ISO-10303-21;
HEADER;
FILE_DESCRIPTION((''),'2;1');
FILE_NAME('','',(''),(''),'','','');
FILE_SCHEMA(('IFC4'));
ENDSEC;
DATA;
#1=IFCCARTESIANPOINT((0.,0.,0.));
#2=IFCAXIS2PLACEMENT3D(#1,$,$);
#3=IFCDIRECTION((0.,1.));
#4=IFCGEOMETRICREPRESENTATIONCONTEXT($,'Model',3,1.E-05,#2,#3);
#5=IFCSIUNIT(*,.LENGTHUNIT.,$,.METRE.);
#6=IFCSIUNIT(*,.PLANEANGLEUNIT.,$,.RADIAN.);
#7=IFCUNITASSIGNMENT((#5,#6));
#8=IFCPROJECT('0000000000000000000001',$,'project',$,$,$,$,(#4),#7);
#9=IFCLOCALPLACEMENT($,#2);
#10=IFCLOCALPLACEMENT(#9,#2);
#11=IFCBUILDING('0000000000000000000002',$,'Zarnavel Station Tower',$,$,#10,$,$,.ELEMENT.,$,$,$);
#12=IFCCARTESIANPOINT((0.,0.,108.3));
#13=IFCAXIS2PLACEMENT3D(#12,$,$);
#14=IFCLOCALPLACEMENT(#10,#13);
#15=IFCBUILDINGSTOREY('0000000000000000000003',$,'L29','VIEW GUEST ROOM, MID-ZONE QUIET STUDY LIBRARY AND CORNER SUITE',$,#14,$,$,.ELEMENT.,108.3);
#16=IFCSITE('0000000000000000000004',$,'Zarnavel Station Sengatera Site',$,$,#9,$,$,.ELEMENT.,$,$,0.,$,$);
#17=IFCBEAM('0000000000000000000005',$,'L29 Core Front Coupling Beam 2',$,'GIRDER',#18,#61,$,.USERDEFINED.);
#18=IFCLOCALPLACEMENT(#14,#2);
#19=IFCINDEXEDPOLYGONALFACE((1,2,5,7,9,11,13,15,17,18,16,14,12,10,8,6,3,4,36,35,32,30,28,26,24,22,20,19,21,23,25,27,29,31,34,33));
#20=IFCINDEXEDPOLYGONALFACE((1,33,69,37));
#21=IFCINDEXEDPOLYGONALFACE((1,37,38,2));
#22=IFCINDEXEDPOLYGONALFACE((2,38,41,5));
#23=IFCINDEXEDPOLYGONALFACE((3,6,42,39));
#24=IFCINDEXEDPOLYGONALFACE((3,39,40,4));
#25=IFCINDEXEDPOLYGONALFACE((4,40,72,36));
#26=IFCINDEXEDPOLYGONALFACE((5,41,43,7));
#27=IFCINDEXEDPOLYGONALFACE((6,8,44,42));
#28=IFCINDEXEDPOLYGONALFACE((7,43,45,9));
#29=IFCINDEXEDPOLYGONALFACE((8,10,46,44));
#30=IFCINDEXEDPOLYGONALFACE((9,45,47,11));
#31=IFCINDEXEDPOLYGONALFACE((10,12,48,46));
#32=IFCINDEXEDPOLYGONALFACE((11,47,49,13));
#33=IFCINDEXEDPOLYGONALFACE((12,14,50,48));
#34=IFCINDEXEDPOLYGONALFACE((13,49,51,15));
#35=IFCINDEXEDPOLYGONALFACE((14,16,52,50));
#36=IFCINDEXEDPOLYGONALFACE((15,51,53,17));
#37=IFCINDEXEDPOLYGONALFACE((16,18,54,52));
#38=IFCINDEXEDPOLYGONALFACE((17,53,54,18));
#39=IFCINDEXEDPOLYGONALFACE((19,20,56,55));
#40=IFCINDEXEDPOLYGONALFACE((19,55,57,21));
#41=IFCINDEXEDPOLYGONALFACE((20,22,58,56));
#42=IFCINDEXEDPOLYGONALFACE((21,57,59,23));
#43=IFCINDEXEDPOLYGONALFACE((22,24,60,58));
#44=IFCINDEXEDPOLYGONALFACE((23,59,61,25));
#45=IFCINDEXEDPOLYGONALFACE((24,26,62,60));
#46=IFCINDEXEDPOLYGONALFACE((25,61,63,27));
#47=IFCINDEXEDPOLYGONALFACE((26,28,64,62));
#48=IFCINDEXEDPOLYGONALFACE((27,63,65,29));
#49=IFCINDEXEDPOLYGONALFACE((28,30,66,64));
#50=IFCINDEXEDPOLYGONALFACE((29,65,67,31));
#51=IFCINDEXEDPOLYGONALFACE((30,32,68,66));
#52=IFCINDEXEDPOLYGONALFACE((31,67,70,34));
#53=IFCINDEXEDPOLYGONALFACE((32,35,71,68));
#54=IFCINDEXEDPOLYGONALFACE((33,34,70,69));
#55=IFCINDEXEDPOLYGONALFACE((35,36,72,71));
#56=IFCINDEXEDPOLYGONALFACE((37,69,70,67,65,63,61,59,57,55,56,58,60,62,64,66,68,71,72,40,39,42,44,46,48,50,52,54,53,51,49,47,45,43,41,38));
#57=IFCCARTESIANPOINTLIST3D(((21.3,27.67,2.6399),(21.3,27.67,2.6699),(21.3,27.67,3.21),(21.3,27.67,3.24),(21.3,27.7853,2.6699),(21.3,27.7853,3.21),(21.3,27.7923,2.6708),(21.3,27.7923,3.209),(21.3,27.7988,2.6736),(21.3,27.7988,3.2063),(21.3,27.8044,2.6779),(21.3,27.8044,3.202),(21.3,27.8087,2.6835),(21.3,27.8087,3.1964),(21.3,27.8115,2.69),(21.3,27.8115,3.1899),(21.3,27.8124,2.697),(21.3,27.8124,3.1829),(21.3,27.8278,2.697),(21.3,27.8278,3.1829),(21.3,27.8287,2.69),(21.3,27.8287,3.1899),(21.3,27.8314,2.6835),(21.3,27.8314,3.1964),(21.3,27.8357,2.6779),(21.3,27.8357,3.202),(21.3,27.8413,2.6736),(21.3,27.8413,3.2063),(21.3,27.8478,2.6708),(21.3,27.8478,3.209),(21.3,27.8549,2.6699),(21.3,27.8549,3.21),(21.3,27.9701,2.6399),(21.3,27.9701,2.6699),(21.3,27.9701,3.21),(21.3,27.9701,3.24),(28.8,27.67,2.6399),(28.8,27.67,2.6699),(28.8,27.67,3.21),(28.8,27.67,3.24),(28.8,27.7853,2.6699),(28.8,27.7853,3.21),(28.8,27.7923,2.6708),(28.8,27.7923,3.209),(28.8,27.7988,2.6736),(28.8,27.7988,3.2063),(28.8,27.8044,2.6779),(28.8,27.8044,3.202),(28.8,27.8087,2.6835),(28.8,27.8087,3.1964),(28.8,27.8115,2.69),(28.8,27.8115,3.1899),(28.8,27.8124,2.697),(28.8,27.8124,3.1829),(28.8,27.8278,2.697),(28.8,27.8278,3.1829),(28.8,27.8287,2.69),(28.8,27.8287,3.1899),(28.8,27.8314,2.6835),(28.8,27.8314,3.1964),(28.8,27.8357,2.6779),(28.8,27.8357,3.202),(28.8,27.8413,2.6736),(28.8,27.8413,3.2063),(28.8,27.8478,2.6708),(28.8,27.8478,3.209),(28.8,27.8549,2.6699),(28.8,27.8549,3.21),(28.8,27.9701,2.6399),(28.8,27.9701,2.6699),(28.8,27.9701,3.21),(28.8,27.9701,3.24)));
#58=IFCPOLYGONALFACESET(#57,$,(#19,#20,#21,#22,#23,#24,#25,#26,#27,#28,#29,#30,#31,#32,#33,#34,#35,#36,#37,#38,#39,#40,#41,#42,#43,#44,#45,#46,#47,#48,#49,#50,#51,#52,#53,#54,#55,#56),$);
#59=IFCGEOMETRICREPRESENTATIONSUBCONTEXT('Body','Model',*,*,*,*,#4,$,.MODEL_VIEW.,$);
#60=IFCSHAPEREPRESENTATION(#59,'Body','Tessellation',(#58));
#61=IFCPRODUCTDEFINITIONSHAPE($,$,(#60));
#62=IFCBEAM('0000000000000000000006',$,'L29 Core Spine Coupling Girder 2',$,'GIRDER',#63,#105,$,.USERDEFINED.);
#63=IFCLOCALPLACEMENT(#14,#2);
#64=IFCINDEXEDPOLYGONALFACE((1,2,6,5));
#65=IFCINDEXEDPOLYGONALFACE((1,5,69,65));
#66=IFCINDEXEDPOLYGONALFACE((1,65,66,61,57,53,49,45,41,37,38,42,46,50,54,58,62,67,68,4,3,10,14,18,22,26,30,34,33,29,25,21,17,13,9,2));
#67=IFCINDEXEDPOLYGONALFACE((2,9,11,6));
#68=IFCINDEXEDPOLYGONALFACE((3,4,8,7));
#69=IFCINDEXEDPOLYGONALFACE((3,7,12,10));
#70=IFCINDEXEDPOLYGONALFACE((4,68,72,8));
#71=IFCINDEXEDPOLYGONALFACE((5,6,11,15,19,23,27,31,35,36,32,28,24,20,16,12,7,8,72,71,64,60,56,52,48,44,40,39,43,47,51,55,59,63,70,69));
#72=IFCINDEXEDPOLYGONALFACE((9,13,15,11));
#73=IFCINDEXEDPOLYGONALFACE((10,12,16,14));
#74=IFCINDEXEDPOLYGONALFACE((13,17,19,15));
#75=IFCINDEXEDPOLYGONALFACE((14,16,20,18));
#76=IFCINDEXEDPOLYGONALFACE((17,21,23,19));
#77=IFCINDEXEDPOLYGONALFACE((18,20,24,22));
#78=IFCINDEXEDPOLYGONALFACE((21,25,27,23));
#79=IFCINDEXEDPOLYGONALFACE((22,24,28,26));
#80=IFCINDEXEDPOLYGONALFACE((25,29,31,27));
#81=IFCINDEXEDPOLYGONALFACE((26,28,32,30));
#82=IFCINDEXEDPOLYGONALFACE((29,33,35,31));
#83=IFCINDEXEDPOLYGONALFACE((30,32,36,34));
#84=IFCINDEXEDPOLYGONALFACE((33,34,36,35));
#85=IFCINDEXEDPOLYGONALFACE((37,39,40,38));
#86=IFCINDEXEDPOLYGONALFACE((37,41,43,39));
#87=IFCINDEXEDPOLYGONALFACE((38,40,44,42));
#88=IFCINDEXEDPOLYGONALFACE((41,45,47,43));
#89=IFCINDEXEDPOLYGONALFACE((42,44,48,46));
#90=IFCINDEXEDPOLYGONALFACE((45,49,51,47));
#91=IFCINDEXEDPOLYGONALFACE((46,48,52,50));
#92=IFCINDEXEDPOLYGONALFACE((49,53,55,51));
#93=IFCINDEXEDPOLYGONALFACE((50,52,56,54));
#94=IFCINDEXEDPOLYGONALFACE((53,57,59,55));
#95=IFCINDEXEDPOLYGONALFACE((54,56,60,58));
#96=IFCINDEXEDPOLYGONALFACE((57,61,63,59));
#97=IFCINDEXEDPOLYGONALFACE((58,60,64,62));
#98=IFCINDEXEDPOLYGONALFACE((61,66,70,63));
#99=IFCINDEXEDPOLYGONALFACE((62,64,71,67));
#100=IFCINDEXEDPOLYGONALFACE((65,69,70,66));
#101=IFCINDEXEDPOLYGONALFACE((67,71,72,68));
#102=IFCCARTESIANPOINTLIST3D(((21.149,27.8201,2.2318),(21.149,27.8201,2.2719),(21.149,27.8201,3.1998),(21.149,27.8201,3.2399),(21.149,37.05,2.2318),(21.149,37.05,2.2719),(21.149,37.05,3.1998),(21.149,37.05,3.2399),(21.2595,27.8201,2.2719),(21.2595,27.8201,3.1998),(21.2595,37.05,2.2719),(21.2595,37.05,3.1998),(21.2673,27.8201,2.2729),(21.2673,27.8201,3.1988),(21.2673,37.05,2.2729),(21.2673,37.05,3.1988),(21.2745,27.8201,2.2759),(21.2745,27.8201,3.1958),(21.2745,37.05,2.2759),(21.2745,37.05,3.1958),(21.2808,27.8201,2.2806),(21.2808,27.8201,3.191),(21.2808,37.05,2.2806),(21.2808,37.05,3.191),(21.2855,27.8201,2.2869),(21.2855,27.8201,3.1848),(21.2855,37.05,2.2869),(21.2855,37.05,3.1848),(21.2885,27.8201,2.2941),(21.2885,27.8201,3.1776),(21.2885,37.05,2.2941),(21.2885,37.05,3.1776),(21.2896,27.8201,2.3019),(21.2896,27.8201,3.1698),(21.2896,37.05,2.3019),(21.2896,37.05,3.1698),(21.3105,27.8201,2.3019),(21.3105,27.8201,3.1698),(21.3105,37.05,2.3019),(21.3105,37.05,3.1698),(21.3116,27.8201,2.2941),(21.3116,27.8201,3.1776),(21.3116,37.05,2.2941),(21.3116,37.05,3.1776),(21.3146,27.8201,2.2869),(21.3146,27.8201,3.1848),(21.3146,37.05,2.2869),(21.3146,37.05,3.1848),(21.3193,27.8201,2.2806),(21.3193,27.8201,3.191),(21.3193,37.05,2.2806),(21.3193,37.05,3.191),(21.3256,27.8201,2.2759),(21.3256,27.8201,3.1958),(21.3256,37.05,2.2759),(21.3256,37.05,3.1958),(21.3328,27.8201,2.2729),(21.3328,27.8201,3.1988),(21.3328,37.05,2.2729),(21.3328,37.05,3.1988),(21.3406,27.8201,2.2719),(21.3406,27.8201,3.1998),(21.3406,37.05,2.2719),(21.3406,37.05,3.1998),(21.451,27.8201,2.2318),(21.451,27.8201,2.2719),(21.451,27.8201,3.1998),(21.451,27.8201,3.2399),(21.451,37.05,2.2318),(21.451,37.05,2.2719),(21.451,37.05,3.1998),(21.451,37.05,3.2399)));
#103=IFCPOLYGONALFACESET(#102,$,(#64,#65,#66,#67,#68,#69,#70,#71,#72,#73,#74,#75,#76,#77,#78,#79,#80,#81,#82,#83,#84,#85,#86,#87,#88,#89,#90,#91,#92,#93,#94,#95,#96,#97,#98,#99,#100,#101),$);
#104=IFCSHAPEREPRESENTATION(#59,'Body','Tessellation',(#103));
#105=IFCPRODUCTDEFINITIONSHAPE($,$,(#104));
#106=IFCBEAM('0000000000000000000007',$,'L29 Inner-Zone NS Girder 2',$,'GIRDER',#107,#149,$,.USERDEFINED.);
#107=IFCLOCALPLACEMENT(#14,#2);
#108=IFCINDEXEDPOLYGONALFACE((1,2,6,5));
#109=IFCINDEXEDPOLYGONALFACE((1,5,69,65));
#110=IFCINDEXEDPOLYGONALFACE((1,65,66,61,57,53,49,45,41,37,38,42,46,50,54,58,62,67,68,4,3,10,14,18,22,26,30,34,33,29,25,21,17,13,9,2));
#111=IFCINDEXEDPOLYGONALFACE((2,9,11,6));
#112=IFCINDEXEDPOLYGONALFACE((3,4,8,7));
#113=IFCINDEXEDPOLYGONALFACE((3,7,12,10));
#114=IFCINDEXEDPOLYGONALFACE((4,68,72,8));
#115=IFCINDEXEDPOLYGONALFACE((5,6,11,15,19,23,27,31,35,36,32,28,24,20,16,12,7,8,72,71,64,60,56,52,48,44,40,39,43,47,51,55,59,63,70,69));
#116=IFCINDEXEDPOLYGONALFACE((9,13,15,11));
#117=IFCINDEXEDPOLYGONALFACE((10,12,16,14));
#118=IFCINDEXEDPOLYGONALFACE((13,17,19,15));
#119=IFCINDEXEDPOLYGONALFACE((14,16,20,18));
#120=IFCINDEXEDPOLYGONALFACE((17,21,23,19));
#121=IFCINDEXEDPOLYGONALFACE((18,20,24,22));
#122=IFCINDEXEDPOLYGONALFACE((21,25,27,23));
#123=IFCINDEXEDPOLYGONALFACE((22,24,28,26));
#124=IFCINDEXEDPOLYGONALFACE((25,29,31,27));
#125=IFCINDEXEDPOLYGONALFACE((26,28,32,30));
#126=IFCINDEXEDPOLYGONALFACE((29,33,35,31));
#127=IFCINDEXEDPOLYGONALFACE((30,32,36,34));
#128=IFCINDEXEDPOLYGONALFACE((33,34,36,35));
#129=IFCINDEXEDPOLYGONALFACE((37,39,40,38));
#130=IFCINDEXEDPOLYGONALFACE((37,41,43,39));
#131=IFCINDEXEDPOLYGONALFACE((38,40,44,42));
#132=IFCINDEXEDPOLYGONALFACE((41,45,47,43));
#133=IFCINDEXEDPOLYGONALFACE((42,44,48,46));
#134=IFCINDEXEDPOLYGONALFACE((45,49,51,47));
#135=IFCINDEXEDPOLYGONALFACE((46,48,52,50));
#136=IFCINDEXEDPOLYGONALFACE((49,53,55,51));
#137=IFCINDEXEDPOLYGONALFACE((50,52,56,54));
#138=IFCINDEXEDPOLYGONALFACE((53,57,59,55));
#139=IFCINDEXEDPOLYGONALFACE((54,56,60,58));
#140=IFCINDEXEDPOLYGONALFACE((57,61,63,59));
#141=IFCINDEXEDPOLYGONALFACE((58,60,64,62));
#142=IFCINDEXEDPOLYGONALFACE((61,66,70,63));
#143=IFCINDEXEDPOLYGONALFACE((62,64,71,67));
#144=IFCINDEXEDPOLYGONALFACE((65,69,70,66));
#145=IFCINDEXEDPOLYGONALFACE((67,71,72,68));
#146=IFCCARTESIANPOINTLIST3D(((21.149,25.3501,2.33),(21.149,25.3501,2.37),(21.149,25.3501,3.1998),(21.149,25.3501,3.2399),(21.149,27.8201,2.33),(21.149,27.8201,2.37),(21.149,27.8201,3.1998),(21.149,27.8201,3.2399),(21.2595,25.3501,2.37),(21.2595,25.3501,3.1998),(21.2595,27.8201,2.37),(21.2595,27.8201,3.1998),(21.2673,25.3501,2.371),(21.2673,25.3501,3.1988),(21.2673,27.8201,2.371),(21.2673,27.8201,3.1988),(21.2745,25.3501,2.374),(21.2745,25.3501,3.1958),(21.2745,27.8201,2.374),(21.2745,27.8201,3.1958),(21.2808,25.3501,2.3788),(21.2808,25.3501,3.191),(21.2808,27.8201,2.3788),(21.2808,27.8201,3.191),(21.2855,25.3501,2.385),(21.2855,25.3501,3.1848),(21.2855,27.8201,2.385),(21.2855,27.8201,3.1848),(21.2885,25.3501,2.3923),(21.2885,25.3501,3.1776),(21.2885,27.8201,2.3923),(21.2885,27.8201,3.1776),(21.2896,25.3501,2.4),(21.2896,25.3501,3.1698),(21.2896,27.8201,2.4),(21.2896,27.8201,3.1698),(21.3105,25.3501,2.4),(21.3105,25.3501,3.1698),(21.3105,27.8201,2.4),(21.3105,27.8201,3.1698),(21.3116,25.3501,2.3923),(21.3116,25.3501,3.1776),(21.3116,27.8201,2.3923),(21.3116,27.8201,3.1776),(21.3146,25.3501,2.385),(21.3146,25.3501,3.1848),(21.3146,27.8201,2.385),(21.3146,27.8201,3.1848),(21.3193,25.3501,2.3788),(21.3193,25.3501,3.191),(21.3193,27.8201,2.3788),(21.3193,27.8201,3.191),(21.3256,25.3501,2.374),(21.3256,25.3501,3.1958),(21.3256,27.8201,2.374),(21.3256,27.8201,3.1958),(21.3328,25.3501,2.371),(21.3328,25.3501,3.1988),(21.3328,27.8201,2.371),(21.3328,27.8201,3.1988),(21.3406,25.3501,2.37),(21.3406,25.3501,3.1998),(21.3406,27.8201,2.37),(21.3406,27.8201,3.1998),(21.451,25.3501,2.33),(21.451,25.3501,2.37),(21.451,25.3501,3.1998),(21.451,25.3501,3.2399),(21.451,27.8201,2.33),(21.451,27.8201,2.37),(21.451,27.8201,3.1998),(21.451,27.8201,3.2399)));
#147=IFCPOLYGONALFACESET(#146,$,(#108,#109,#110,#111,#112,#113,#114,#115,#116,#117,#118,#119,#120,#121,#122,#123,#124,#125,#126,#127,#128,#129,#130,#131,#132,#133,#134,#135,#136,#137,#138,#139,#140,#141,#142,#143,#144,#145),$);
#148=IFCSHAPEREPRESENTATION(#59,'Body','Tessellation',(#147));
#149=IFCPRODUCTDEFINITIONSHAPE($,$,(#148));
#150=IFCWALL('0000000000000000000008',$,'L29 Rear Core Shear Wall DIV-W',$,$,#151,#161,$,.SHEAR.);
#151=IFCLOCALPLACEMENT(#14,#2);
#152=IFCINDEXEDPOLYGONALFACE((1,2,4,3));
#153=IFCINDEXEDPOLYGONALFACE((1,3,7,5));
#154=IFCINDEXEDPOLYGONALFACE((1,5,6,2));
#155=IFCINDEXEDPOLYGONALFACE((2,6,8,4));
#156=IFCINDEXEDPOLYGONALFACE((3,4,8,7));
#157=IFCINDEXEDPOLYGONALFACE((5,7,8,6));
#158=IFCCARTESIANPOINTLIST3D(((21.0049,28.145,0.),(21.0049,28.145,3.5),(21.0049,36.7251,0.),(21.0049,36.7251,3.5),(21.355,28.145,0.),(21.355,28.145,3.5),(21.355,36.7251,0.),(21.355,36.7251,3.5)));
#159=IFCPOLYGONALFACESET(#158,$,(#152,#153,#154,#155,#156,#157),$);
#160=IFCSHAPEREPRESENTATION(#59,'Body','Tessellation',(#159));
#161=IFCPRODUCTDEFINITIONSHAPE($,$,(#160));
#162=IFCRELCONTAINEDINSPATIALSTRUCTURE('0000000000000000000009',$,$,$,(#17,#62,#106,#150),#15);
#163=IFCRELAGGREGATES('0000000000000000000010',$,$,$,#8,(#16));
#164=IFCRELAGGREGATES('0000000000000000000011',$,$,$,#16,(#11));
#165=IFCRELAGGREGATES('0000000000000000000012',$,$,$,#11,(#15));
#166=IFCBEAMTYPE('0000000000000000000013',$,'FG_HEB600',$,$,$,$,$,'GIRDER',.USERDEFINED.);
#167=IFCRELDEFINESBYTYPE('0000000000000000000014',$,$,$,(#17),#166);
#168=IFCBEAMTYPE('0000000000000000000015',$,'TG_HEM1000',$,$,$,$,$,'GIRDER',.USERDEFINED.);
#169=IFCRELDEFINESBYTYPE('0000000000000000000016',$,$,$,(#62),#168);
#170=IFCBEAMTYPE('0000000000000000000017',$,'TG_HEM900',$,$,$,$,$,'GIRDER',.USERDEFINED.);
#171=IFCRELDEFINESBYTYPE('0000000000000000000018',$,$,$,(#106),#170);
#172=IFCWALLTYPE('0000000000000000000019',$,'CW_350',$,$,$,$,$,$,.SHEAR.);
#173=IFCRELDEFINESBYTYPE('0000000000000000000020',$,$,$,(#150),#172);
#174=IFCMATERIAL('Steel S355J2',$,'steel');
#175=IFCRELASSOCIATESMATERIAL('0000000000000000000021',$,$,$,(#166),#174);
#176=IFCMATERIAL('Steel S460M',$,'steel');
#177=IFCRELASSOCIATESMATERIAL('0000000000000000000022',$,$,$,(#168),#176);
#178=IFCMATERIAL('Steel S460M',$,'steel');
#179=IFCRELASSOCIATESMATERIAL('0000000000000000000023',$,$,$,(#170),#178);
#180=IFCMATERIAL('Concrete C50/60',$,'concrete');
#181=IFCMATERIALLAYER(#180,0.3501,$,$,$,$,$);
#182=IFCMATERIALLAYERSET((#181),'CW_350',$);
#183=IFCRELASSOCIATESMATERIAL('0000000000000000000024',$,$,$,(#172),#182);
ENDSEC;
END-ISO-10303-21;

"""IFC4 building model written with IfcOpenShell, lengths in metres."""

from ifc_helpers import new_model, si_unit, direction, frame, frame_2d, origin, origin_2d, place, context, subcontext, project, spatial, rectangle, i_section, extrude, material, layer, layer_set, material_profile, profile_set, type_object, element, save


model = new_model("IFC4")

# Units and contexts
model_context = context("Model", 3, precision=1e-05, world=origin(), true_north=direction((0.0, 1.0)))
body_context = subcontext(model_context, "Body", "Model", "MODEL_VIEW")
ifc_project = project(units=[si_unit("LENGTHUNIT", "METRE"), si_unit("PLANEANGLEUNIT", "RADIAN")], contexts=[model_context])

# Site, building, storey
site_placement = place(None, origin())
site = spatial("IfcSite", under=ifc_project, at=site_placement, Name="Zarnavel Station Sengatera Site", CompositionType="ELEMENT", RefElevation=0.0)
building_placement = place(site_placement, origin())
building = spatial("IfcBuilding", under=site, at=building_placement, Name="Zarnavel Station Tower", CompositionType="ELEMENT")
storey_placement = place(building_placement, frame((0.0, 0.0, 108.3)))
storey = spatial("IfcBuildingStorey", under=building, at=storey_placement, Name="L29", Description="VIEW GUEST ROOM, MID-ZONE QUIET STUDY LIBRARY AND CORNER SUITE", CompositionType="ELEMENT", Elevation=108.3)

# Beams
ifc_material_1 = material(Name="Steel S355J2", Category="steel")
ifc_material_profile_1 = material_profile(ifc_material_1, i_section(OverallWidth=0.3, OverallDepth=0.6001, WebThickness=0.0154, FlangeThickness=0.03, FilletRadius=0.0271, at=origin_2d()), Name="HEB600")
ifc_profile_set_1 = profile_set([ifc_material_profile_1], Name="Steel S355J2")
beam_type_1 = type_object("IfcBeamType", Name="FG_HEB600", ElementType="GIRDER", PredefinedType="USERDEFINED", material=ifc_profile_set_1)
beam_1_placement = place(storey_placement, frame((21.3, 27.8201, 2.9399), z_axis=(1.0, 0.0, 0.0), x_axis=(0.0, 1.0, 0.0)))
element("IfcBeam", 1, at=beam_1_placement, inside=storey, type_object=beam_type_1, Name="L29 Core Front Coupling Beam 2", ObjectType="GIRDER", PredefinedType="USERDEFINED", context=body_context, shape_type="SweptSolid", body=[
    extrude(i_section(OverallWidth=0.3, OverallDepth=0.6001, WebThickness=0.0154, FlangeThickness=0.03, FilletRadius=0.0271, at=origin_2d()), origin(), (0.0, 0.0, 1.0), 7.5),
])
ifc_material_2 = material(Name="Steel S460M", Category="steel")
ifc_material_profile_2 = material_profile(ifc_material_2, i_section(OverallWidth=0.302, OverallDepth=1.0081, WebThickness=0.021, FlangeThickness=0.04, FilletRadius=0.03, at=origin_2d()), Name="HEM1000")
ifc_profile_set_2 = profile_set([ifc_material_profile_2], Name="Steel S460M")
beam_type_2 = type_object("IfcBeamType", Name="TG_HEM1000", ElementType="GIRDER", PredefinedType="USERDEFINED", material=ifc_profile_set_2)
beam_2_placement = place(storey_placement, frame((21.3, 27.8201, 2.7358), z_axis=(0.0, 1.0, 0.0), x_axis=(-1.0, 0.0, 0.0)))
element("IfcBeam", 2, at=beam_2_placement, inside=storey, type_object=beam_type_2, Name="L29 Core Spine Coupling Girder 2", ObjectType="GIRDER", PredefinedType="USERDEFINED", context=body_context, shape_type="SweptSolid", body=[
    extrude(i_section(OverallWidth=0.302, OverallDepth=1.0081, WebThickness=0.021, FlangeThickness=0.04, FilletRadius=0.03, at=origin_2d()), origin(), (0.0, 0.0, 1.0), 9.23),
])
ifc_material_3 = material(Name="Steel S460M", Category="steel")
ifc_material_profile_3 = material_profile(ifc_material_3, i_section(OverallWidth=0.302, OverallDepth=0.9099, WebThickness=0.021, FlangeThickness=0.04, FilletRadius=0.03, at=origin_2d()), Name="HEM900")
ifc_profile_set_3 = profile_set([ifc_material_profile_3], Name="Steel S460M")
beam_type_3 = type_object("IfcBeamType", Name="TG_HEM900", ElementType="GIRDER", PredefinedType="USERDEFINED", material=ifc_profile_set_3)
beam_3_placement = place(storey_placement, frame((21.3, 25.3501, 2.7849), z_axis=(0.0, 1.0, 0.0), x_axis=(-1.0, 0.0, 0.0)))
element("IfcBeam", 3, at=beam_3_placement, inside=storey, type_object=beam_type_3, Name="L29 Inner-Zone NS Girder 2", ObjectType="GIRDER", PredefinedType="USERDEFINED", context=body_context, shape_type="SweptSolid", body=[
    extrude(i_section(OverallWidth=0.302, OverallDepth=0.9099, WebThickness=0.021, FlangeThickness=0.04, FilletRadius=0.03, at=origin_2d()), origin(), (0.0, 0.0, 1.0), 2.47),
])

# Wall
ifc_material_4 = material(Name="Concrete C50/60", Category="concrete")
ifc_layer_1 = layer(ifc_material_4, 0.3501)
ifc_layer_set_1 = layer_set([ifc_layer_1], Name="CW_350")
wall_type_1 = type_object("IfcWallType", Name="CW_350", PredefinedType="SHEAR", material=ifc_layer_set_1)
wall_1_placement = place(storey_placement, frame((21.1799, 28.145, 0.0), z_axis=(0.0, 0.0, 1.0), x_axis=(0.0, 1.0, 0.0)))
element("IfcWall", 4, at=wall_1_placement, inside=storey, type_object=wall_type_1, Name="L29 Rear Core Shear Wall DIV-W", PredefinedType="SHEAR", context=body_context, shape_type="SweptSolid", body=[
    extrude(rectangle(XDim=8.5801, YDim=0.3501, at=frame_2d((4.29, 0.0))), origin(), (0.0, 0.0, 1.0), 3.5),
])

save(model, "model.ifc")
